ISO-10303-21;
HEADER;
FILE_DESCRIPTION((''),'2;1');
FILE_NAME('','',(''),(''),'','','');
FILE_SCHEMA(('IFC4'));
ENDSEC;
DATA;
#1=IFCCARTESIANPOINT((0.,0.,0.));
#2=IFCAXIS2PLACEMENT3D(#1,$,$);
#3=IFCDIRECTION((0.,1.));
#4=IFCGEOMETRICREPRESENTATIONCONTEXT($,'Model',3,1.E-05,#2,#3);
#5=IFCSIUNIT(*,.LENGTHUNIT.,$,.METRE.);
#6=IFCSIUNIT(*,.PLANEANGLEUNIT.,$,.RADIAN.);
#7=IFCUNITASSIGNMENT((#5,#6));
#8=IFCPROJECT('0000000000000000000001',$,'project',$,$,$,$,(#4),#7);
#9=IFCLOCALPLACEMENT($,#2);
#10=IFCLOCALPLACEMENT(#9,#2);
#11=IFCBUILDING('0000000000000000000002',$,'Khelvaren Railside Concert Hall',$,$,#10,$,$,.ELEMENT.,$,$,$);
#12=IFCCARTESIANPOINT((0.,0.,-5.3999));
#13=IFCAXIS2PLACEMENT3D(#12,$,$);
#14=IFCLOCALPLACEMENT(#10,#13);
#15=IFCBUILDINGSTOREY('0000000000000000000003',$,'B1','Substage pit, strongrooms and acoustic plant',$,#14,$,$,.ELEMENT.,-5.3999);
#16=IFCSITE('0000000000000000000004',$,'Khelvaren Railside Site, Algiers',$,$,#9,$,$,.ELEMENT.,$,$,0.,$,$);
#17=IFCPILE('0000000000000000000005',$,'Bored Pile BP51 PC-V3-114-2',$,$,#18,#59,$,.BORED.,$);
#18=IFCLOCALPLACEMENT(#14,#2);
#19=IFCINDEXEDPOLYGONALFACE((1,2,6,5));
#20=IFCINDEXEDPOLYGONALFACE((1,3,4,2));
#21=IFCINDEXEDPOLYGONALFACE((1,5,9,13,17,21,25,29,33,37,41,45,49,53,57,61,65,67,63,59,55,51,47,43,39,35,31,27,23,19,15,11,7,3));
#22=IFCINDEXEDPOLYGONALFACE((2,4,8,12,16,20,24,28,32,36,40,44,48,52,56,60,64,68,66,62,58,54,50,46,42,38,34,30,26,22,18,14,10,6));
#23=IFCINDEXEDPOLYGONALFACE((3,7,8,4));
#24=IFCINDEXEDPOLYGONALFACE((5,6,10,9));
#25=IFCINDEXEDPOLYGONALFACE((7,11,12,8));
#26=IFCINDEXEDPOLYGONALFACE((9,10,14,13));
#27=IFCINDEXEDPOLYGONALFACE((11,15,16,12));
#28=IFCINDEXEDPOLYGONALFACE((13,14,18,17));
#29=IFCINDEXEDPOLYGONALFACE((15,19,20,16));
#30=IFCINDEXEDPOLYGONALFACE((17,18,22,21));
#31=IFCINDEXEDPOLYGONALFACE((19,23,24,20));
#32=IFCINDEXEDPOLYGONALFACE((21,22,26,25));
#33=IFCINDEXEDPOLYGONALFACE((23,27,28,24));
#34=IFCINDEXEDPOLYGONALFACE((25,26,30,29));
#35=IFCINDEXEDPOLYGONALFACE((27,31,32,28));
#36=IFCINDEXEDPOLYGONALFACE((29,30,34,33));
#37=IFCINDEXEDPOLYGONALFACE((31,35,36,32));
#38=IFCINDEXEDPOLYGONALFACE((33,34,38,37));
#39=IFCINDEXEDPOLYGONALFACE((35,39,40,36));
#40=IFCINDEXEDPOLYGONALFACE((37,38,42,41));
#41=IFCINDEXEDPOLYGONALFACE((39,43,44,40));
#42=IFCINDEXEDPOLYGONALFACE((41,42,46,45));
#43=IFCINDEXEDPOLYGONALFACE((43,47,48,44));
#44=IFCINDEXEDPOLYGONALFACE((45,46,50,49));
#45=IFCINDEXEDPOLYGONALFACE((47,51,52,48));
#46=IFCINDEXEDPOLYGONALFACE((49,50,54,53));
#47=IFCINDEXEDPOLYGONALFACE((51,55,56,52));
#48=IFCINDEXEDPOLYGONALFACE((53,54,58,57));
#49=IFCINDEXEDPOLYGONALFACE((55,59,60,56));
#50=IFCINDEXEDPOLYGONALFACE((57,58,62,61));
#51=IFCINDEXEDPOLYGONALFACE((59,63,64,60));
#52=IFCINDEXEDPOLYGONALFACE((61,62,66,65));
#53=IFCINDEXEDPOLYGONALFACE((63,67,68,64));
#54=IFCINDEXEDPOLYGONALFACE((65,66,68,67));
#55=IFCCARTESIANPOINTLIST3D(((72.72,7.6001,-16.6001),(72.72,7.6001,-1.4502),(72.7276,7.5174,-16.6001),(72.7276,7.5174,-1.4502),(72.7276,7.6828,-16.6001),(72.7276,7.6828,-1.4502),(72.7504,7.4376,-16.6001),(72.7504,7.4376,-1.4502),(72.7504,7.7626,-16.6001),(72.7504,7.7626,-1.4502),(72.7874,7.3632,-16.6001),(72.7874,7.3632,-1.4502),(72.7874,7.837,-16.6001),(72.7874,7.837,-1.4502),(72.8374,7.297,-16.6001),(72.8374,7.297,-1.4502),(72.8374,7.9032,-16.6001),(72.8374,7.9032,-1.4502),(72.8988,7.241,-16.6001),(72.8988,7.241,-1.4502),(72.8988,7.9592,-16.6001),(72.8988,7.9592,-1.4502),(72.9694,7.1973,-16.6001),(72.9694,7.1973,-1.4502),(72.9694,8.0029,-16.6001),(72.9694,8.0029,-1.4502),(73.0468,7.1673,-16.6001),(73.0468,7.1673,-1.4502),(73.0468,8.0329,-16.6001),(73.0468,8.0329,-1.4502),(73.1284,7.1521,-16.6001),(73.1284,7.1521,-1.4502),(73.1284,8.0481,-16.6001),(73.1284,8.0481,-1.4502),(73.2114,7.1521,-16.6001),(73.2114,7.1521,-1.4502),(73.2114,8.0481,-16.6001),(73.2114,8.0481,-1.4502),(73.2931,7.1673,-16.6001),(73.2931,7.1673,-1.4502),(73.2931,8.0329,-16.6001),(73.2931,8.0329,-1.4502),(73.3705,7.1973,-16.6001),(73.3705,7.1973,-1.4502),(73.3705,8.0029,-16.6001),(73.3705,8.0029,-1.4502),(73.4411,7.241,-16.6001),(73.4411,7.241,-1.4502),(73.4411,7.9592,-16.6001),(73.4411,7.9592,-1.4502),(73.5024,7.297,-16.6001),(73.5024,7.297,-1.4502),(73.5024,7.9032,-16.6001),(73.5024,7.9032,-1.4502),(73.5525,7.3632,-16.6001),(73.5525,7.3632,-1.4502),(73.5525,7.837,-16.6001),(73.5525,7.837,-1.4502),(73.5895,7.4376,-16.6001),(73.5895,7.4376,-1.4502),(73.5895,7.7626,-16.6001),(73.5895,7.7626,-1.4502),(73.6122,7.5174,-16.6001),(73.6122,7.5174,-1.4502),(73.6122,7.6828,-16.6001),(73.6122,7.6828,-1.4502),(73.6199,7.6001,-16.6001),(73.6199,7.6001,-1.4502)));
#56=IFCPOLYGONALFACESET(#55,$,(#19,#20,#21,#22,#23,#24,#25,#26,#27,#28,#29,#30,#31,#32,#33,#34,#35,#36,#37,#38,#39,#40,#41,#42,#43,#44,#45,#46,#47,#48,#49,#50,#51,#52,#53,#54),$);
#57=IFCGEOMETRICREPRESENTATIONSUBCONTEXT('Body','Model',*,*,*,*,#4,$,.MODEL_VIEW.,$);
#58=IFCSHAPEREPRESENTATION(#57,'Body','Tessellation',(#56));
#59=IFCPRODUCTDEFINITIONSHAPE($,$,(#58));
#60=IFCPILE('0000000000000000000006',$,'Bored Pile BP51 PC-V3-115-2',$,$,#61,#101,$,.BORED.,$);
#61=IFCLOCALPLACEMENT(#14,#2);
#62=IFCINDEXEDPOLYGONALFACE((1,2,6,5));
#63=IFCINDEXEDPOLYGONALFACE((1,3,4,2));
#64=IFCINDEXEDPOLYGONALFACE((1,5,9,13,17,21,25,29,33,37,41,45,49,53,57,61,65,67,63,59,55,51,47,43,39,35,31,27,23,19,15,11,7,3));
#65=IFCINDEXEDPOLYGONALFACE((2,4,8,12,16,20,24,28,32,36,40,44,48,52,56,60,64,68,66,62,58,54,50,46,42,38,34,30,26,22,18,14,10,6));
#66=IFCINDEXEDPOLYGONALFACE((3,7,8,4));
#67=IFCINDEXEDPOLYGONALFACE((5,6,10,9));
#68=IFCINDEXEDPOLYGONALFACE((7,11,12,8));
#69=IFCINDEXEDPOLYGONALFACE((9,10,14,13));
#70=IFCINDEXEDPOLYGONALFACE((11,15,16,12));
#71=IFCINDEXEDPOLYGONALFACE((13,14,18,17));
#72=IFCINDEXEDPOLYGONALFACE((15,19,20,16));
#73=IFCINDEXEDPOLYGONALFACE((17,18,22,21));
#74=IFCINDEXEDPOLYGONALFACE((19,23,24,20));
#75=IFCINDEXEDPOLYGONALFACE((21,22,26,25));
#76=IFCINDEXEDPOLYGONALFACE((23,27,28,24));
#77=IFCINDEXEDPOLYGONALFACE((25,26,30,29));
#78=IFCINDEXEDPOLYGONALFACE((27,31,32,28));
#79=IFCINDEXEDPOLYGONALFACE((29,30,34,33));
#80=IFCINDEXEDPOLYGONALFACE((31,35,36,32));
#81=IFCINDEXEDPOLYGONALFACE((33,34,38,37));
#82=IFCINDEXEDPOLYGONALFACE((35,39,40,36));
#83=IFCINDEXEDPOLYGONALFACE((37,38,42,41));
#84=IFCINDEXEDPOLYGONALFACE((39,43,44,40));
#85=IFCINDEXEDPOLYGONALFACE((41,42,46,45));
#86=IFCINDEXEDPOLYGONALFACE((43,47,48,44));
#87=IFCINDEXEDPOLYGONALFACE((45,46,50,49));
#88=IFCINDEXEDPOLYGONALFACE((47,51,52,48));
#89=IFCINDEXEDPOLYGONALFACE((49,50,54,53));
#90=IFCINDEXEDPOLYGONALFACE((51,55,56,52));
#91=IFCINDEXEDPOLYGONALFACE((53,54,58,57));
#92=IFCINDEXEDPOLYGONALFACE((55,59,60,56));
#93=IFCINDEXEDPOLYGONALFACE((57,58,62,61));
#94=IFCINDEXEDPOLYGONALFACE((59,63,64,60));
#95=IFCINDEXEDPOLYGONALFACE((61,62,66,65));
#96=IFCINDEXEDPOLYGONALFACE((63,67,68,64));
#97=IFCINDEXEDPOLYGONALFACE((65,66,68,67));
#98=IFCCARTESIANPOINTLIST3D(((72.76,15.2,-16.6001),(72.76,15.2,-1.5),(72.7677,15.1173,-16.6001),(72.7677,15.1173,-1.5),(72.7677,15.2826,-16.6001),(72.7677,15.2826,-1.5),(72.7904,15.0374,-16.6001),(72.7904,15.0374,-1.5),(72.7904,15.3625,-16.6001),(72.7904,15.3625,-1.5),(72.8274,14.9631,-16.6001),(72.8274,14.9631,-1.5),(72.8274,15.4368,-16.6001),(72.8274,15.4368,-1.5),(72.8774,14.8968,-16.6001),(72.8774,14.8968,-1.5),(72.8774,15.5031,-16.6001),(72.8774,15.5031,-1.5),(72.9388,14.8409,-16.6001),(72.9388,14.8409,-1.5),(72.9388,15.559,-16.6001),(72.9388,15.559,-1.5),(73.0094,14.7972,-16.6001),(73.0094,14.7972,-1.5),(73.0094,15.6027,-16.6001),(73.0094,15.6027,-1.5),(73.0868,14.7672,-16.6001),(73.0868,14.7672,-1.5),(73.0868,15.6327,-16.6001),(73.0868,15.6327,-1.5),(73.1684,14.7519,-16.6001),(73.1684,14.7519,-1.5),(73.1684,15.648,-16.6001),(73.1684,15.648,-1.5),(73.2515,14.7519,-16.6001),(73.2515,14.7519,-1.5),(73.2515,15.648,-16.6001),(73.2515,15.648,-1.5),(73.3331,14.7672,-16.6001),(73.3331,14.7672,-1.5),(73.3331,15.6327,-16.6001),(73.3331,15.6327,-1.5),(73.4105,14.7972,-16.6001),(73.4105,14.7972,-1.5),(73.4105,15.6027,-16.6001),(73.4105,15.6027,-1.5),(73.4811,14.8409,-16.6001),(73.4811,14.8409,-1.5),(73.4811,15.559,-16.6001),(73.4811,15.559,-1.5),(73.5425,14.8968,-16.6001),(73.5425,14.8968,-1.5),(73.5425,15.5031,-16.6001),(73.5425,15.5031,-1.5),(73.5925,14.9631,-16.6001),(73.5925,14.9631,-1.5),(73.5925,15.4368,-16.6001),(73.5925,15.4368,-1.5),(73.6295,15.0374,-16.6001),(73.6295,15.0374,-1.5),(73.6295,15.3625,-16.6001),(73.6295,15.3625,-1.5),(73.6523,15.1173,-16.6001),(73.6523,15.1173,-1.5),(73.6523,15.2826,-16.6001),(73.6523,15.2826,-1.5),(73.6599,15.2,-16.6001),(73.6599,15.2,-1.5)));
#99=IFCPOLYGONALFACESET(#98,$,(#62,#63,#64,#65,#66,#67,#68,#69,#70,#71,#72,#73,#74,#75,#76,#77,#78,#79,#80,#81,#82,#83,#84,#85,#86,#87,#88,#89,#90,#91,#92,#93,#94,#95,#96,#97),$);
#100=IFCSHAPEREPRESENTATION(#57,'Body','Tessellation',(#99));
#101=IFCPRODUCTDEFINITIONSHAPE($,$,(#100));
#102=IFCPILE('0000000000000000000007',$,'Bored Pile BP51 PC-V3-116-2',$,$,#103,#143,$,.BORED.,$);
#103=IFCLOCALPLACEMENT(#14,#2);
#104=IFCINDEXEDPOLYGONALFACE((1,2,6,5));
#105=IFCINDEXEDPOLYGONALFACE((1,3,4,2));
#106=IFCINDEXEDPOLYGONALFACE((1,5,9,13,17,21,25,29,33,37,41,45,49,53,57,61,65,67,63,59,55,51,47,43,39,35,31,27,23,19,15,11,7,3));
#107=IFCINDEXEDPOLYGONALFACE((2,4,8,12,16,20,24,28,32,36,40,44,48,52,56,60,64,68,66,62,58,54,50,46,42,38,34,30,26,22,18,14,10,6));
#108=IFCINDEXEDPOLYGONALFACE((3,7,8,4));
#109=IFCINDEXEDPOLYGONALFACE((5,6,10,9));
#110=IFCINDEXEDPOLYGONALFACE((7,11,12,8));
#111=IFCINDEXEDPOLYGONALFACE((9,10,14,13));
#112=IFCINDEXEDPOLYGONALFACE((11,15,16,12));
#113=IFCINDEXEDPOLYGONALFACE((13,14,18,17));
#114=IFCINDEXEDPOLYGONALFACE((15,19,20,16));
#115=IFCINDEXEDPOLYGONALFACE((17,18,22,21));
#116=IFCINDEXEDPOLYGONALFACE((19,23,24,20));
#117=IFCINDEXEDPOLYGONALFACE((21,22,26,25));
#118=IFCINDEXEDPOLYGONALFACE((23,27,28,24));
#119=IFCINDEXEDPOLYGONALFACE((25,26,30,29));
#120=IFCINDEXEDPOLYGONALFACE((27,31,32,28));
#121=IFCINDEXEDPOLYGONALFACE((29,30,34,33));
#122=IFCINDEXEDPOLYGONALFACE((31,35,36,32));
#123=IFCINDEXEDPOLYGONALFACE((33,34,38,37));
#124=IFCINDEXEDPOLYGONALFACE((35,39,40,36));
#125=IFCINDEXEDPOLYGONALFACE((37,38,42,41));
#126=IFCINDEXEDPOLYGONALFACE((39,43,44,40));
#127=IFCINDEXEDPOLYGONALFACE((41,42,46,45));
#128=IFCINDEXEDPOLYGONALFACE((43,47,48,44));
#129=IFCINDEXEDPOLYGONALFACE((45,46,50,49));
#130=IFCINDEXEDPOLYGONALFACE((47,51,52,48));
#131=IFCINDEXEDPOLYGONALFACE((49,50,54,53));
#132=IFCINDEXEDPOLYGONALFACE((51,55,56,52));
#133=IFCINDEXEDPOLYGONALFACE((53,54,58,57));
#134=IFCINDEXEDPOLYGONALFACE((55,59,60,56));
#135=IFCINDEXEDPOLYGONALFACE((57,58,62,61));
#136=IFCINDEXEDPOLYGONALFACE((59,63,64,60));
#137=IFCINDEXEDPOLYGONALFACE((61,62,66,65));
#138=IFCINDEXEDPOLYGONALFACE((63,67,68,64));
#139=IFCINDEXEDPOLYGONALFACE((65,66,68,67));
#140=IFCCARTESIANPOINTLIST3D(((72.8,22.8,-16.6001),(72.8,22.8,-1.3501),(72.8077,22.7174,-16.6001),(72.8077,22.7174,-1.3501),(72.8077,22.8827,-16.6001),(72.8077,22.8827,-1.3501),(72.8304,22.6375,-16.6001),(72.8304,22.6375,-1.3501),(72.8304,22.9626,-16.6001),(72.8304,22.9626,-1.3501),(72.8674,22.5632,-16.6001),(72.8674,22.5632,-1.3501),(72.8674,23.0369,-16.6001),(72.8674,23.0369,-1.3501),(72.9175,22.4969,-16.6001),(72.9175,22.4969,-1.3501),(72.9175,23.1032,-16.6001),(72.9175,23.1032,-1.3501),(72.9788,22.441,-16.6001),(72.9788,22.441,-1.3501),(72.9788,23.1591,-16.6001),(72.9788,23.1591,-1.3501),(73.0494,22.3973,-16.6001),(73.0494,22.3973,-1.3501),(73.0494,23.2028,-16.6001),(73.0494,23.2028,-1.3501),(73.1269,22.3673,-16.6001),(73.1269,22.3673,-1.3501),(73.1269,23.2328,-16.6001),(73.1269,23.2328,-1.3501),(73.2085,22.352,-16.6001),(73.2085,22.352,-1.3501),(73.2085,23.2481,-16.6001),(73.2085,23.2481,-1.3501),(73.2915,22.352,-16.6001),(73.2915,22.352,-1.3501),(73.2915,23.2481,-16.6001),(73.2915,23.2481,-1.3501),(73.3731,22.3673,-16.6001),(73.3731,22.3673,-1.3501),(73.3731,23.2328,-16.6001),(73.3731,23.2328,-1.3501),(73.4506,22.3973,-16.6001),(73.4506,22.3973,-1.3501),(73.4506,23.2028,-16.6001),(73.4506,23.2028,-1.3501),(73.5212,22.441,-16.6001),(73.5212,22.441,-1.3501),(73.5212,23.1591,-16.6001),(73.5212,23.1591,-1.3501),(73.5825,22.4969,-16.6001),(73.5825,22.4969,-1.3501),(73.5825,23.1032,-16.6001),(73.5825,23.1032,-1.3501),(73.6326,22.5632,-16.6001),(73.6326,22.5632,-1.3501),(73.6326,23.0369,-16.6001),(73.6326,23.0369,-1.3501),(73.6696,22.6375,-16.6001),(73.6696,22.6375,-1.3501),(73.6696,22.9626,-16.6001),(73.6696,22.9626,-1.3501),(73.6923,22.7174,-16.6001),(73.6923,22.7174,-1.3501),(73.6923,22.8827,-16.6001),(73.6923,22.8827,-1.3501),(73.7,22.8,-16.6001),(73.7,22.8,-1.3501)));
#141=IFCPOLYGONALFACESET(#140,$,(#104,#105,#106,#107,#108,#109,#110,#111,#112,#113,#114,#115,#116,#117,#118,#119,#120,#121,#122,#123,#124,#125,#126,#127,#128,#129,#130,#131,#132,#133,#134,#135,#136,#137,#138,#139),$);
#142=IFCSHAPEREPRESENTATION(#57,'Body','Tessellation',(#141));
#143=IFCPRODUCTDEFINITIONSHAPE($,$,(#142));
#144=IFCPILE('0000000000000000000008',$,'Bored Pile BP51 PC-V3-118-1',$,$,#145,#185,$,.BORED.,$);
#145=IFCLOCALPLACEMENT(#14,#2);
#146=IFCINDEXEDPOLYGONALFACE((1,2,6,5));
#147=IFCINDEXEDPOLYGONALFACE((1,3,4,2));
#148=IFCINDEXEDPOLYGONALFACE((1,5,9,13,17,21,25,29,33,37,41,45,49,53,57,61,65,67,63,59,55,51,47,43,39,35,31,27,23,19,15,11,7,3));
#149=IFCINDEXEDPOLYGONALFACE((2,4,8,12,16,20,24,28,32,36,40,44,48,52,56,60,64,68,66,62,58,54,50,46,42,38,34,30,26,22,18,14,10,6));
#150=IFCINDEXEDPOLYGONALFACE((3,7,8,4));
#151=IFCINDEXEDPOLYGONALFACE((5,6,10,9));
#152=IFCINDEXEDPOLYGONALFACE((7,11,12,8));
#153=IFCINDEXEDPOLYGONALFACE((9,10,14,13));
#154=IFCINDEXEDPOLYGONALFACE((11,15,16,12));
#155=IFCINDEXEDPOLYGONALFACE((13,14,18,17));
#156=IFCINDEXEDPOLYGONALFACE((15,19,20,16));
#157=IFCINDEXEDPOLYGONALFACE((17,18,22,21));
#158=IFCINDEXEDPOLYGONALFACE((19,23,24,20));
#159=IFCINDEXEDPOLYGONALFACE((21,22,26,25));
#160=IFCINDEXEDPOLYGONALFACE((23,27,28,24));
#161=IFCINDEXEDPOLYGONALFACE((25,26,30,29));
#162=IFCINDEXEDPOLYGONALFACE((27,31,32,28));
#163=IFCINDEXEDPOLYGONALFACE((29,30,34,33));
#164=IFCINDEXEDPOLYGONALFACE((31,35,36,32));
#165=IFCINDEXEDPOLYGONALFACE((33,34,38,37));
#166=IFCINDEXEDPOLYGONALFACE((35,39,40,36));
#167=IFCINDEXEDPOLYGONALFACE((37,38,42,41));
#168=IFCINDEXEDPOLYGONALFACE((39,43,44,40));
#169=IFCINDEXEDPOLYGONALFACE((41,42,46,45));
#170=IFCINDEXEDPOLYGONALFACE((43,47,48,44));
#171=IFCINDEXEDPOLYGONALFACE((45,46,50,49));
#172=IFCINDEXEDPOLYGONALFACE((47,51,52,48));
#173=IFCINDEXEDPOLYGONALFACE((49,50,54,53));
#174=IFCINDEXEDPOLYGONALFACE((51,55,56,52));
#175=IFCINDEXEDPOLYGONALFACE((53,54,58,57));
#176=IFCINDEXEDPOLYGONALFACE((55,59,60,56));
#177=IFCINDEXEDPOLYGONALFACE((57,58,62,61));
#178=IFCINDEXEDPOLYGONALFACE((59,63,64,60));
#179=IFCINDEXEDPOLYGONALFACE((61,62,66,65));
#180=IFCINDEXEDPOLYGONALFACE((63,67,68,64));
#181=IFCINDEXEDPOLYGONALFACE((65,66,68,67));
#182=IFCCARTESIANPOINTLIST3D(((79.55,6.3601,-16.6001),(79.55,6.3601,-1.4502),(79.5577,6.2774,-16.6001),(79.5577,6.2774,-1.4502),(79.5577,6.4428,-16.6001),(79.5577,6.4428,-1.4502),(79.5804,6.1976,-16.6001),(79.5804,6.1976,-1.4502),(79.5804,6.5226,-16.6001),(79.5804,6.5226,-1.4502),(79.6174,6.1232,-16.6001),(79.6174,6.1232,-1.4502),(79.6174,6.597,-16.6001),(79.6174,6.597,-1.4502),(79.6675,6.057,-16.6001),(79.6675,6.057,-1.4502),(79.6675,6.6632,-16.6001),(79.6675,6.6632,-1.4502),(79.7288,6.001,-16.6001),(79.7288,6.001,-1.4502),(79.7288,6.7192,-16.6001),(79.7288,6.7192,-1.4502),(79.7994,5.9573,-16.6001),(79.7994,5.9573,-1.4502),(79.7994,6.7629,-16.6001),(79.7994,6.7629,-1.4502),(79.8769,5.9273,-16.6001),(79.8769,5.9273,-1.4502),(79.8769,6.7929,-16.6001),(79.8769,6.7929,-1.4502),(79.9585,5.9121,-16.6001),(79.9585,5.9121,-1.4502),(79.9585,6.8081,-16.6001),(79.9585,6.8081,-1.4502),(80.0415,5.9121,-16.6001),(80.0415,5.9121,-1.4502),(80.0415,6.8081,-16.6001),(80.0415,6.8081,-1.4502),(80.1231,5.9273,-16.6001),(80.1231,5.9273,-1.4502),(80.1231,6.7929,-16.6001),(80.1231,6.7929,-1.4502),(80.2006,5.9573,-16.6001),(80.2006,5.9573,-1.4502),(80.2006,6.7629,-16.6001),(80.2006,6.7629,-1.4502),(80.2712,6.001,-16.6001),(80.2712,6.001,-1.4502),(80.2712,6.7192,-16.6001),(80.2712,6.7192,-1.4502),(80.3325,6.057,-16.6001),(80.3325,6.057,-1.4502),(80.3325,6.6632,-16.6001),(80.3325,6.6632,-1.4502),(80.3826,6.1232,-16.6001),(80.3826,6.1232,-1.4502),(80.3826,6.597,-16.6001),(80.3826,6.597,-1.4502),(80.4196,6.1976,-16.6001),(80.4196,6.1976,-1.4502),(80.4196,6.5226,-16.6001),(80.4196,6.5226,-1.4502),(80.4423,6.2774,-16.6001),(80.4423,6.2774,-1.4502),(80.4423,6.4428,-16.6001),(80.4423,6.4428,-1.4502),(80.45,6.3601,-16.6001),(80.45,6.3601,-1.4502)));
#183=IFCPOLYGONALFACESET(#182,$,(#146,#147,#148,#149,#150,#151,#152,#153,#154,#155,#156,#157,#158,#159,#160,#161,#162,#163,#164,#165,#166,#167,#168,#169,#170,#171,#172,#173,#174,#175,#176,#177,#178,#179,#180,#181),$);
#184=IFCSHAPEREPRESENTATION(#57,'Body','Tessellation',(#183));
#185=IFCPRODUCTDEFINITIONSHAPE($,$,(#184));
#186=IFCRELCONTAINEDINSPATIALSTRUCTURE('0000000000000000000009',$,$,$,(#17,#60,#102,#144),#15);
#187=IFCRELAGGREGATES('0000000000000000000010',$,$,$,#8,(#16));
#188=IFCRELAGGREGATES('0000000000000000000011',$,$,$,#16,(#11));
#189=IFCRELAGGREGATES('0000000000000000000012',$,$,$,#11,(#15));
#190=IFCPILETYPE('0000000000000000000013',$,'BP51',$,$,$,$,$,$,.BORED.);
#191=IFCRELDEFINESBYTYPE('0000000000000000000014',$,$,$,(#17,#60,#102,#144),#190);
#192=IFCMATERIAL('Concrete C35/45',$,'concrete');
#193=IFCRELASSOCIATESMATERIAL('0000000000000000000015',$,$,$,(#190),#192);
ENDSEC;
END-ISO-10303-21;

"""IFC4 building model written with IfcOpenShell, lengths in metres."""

from ifc_helpers import new_model, si_unit, direction, frame, origin, origin_2d, place, context, subcontext, project, spatial, circle, extrude, material, material_profile, profile_set, type_object, element, save


model = new_model("IFC4")

# Units and contexts
model_context = context("Model", 3, precision=1e-05, world=origin(), true_north=direction((0.0, 1.0)))
body_context = subcontext(model_context, "Body", "Model", "MODEL_VIEW")
ifc_project = project(units=[si_unit("LENGTHUNIT", "METRE"), si_unit("PLANEANGLEUNIT", "RADIAN")], contexts=[model_context])

# Site, building, storey
site_placement = place(None, origin())
site = spatial("IfcSite", under=ifc_project, at=site_placement, Name="Khelvaren Railside Site, Algiers", CompositionType="ELEMENT", RefElevation=0.0)
building_placement = place(site_placement, origin())
building = spatial("IfcBuilding", under=site, at=building_placement, Name="Khelvaren Railside Concert Hall", CompositionType="ELEMENT")
storey_placement = place(building_placement, frame((0.0, 0.0, -5.3999)))
storey = spatial("IfcBuildingStorey", under=building, at=storey_placement, Name="B1", Description="Substage pit, strongrooms and acoustic plant", CompositionType="ELEMENT", Elevation=-5.3999)

# Piles
ifc_material_1 = material(Name="Concrete C35/45", Category="concrete")
ifc_material_profile_1 = material_profile(ifc_material_1, circle(Radius=0.45, at=origin_2d()), Name="BP D900")
ifc_profile_set_1 = profile_set([ifc_material_profile_1], Name="Concrete C35/45")
pile_type_1 = type_object("IfcPileType", Name="BP51", PredefinedType="BORED", material=ifc_profile_set_1)
pile_1_placement = place(storey_placement, frame((73.1699, 7.6001, -1.4502), z_axis=(0.0, 0.0, -1.0), x_axis=(1.0, 0.0, 0.0)))
element("IfcPile", 1, at=pile_1_placement, inside=storey, type_object=pile_type_1, Name="Bored Pile BP51 PC-V3-114-2", PredefinedType="BORED", context=body_context, shape_type="SweptSolid", body=[
    extrude(circle(Radius=0.45, at=origin_2d()), origin(), (0.0, 0.0, 1.0), 15.1499),
])
pile_2_placement = place(storey_placement, frame((73.21, 15.2, -1.5), z_axis=(0.0, 0.0, -1.0), x_axis=(1.0, 0.0, 0.0)))
element("IfcPile", 2, at=pile_2_placement, inside=storey, type_object=pile_type_1, Name="Bored Pile BP51 PC-V3-115-2", PredefinedType="BORED", context=body_context, shape_type="SweptSolid", body=[
    extrude(circle(Radius=0.45, at=origin_2d()), origin(), (0.0, 0.0, 1.0), 15.1001),
])
pile_3_placement = place(storey_placement, frame((73.25, 22.8, -1.3501), z_axis=(0.0, 0.0, -1.0), x_axis=(1.0, 0.0, 0.0)))
element("IfcPile", 3, at=pile_3_placement, inside=storey, type_object=pile_type_1, Name="Bored Pile BP51 PC-V3-116-2", PredefinedType="BORED", context=body_context, shape_type="SweptSolid", body=[
    extrude(circle(Radius=0.45, at=origin_2d()), origin(), (0.0, 0.0, 1.0), 15.25),
])
for number, where, z_axis, x_axis, name in (
    (4, (80.0, 6.3601, -1.4502), (0.0, 0.0, -1.0), (1.0, 0.0, 0.0), "Bored Pile BP51 PC-V3-118-1"),
):
    element("IfcPile", number, at=place(storey_placement, frame(where, z_axis=z_axis, x_axis=x_axis)), inside=storey, type_object=pile_type_1, Name=name, PredefinedType="BORED", context=body_context, shape_type="SweptSolid", body=[
        extrude(circle(Radius=0.45, at=origin_2d()), origin(), (0.0, 0.0, 1.0), 15.1499),
    ])

save(model, "model.ifc")
